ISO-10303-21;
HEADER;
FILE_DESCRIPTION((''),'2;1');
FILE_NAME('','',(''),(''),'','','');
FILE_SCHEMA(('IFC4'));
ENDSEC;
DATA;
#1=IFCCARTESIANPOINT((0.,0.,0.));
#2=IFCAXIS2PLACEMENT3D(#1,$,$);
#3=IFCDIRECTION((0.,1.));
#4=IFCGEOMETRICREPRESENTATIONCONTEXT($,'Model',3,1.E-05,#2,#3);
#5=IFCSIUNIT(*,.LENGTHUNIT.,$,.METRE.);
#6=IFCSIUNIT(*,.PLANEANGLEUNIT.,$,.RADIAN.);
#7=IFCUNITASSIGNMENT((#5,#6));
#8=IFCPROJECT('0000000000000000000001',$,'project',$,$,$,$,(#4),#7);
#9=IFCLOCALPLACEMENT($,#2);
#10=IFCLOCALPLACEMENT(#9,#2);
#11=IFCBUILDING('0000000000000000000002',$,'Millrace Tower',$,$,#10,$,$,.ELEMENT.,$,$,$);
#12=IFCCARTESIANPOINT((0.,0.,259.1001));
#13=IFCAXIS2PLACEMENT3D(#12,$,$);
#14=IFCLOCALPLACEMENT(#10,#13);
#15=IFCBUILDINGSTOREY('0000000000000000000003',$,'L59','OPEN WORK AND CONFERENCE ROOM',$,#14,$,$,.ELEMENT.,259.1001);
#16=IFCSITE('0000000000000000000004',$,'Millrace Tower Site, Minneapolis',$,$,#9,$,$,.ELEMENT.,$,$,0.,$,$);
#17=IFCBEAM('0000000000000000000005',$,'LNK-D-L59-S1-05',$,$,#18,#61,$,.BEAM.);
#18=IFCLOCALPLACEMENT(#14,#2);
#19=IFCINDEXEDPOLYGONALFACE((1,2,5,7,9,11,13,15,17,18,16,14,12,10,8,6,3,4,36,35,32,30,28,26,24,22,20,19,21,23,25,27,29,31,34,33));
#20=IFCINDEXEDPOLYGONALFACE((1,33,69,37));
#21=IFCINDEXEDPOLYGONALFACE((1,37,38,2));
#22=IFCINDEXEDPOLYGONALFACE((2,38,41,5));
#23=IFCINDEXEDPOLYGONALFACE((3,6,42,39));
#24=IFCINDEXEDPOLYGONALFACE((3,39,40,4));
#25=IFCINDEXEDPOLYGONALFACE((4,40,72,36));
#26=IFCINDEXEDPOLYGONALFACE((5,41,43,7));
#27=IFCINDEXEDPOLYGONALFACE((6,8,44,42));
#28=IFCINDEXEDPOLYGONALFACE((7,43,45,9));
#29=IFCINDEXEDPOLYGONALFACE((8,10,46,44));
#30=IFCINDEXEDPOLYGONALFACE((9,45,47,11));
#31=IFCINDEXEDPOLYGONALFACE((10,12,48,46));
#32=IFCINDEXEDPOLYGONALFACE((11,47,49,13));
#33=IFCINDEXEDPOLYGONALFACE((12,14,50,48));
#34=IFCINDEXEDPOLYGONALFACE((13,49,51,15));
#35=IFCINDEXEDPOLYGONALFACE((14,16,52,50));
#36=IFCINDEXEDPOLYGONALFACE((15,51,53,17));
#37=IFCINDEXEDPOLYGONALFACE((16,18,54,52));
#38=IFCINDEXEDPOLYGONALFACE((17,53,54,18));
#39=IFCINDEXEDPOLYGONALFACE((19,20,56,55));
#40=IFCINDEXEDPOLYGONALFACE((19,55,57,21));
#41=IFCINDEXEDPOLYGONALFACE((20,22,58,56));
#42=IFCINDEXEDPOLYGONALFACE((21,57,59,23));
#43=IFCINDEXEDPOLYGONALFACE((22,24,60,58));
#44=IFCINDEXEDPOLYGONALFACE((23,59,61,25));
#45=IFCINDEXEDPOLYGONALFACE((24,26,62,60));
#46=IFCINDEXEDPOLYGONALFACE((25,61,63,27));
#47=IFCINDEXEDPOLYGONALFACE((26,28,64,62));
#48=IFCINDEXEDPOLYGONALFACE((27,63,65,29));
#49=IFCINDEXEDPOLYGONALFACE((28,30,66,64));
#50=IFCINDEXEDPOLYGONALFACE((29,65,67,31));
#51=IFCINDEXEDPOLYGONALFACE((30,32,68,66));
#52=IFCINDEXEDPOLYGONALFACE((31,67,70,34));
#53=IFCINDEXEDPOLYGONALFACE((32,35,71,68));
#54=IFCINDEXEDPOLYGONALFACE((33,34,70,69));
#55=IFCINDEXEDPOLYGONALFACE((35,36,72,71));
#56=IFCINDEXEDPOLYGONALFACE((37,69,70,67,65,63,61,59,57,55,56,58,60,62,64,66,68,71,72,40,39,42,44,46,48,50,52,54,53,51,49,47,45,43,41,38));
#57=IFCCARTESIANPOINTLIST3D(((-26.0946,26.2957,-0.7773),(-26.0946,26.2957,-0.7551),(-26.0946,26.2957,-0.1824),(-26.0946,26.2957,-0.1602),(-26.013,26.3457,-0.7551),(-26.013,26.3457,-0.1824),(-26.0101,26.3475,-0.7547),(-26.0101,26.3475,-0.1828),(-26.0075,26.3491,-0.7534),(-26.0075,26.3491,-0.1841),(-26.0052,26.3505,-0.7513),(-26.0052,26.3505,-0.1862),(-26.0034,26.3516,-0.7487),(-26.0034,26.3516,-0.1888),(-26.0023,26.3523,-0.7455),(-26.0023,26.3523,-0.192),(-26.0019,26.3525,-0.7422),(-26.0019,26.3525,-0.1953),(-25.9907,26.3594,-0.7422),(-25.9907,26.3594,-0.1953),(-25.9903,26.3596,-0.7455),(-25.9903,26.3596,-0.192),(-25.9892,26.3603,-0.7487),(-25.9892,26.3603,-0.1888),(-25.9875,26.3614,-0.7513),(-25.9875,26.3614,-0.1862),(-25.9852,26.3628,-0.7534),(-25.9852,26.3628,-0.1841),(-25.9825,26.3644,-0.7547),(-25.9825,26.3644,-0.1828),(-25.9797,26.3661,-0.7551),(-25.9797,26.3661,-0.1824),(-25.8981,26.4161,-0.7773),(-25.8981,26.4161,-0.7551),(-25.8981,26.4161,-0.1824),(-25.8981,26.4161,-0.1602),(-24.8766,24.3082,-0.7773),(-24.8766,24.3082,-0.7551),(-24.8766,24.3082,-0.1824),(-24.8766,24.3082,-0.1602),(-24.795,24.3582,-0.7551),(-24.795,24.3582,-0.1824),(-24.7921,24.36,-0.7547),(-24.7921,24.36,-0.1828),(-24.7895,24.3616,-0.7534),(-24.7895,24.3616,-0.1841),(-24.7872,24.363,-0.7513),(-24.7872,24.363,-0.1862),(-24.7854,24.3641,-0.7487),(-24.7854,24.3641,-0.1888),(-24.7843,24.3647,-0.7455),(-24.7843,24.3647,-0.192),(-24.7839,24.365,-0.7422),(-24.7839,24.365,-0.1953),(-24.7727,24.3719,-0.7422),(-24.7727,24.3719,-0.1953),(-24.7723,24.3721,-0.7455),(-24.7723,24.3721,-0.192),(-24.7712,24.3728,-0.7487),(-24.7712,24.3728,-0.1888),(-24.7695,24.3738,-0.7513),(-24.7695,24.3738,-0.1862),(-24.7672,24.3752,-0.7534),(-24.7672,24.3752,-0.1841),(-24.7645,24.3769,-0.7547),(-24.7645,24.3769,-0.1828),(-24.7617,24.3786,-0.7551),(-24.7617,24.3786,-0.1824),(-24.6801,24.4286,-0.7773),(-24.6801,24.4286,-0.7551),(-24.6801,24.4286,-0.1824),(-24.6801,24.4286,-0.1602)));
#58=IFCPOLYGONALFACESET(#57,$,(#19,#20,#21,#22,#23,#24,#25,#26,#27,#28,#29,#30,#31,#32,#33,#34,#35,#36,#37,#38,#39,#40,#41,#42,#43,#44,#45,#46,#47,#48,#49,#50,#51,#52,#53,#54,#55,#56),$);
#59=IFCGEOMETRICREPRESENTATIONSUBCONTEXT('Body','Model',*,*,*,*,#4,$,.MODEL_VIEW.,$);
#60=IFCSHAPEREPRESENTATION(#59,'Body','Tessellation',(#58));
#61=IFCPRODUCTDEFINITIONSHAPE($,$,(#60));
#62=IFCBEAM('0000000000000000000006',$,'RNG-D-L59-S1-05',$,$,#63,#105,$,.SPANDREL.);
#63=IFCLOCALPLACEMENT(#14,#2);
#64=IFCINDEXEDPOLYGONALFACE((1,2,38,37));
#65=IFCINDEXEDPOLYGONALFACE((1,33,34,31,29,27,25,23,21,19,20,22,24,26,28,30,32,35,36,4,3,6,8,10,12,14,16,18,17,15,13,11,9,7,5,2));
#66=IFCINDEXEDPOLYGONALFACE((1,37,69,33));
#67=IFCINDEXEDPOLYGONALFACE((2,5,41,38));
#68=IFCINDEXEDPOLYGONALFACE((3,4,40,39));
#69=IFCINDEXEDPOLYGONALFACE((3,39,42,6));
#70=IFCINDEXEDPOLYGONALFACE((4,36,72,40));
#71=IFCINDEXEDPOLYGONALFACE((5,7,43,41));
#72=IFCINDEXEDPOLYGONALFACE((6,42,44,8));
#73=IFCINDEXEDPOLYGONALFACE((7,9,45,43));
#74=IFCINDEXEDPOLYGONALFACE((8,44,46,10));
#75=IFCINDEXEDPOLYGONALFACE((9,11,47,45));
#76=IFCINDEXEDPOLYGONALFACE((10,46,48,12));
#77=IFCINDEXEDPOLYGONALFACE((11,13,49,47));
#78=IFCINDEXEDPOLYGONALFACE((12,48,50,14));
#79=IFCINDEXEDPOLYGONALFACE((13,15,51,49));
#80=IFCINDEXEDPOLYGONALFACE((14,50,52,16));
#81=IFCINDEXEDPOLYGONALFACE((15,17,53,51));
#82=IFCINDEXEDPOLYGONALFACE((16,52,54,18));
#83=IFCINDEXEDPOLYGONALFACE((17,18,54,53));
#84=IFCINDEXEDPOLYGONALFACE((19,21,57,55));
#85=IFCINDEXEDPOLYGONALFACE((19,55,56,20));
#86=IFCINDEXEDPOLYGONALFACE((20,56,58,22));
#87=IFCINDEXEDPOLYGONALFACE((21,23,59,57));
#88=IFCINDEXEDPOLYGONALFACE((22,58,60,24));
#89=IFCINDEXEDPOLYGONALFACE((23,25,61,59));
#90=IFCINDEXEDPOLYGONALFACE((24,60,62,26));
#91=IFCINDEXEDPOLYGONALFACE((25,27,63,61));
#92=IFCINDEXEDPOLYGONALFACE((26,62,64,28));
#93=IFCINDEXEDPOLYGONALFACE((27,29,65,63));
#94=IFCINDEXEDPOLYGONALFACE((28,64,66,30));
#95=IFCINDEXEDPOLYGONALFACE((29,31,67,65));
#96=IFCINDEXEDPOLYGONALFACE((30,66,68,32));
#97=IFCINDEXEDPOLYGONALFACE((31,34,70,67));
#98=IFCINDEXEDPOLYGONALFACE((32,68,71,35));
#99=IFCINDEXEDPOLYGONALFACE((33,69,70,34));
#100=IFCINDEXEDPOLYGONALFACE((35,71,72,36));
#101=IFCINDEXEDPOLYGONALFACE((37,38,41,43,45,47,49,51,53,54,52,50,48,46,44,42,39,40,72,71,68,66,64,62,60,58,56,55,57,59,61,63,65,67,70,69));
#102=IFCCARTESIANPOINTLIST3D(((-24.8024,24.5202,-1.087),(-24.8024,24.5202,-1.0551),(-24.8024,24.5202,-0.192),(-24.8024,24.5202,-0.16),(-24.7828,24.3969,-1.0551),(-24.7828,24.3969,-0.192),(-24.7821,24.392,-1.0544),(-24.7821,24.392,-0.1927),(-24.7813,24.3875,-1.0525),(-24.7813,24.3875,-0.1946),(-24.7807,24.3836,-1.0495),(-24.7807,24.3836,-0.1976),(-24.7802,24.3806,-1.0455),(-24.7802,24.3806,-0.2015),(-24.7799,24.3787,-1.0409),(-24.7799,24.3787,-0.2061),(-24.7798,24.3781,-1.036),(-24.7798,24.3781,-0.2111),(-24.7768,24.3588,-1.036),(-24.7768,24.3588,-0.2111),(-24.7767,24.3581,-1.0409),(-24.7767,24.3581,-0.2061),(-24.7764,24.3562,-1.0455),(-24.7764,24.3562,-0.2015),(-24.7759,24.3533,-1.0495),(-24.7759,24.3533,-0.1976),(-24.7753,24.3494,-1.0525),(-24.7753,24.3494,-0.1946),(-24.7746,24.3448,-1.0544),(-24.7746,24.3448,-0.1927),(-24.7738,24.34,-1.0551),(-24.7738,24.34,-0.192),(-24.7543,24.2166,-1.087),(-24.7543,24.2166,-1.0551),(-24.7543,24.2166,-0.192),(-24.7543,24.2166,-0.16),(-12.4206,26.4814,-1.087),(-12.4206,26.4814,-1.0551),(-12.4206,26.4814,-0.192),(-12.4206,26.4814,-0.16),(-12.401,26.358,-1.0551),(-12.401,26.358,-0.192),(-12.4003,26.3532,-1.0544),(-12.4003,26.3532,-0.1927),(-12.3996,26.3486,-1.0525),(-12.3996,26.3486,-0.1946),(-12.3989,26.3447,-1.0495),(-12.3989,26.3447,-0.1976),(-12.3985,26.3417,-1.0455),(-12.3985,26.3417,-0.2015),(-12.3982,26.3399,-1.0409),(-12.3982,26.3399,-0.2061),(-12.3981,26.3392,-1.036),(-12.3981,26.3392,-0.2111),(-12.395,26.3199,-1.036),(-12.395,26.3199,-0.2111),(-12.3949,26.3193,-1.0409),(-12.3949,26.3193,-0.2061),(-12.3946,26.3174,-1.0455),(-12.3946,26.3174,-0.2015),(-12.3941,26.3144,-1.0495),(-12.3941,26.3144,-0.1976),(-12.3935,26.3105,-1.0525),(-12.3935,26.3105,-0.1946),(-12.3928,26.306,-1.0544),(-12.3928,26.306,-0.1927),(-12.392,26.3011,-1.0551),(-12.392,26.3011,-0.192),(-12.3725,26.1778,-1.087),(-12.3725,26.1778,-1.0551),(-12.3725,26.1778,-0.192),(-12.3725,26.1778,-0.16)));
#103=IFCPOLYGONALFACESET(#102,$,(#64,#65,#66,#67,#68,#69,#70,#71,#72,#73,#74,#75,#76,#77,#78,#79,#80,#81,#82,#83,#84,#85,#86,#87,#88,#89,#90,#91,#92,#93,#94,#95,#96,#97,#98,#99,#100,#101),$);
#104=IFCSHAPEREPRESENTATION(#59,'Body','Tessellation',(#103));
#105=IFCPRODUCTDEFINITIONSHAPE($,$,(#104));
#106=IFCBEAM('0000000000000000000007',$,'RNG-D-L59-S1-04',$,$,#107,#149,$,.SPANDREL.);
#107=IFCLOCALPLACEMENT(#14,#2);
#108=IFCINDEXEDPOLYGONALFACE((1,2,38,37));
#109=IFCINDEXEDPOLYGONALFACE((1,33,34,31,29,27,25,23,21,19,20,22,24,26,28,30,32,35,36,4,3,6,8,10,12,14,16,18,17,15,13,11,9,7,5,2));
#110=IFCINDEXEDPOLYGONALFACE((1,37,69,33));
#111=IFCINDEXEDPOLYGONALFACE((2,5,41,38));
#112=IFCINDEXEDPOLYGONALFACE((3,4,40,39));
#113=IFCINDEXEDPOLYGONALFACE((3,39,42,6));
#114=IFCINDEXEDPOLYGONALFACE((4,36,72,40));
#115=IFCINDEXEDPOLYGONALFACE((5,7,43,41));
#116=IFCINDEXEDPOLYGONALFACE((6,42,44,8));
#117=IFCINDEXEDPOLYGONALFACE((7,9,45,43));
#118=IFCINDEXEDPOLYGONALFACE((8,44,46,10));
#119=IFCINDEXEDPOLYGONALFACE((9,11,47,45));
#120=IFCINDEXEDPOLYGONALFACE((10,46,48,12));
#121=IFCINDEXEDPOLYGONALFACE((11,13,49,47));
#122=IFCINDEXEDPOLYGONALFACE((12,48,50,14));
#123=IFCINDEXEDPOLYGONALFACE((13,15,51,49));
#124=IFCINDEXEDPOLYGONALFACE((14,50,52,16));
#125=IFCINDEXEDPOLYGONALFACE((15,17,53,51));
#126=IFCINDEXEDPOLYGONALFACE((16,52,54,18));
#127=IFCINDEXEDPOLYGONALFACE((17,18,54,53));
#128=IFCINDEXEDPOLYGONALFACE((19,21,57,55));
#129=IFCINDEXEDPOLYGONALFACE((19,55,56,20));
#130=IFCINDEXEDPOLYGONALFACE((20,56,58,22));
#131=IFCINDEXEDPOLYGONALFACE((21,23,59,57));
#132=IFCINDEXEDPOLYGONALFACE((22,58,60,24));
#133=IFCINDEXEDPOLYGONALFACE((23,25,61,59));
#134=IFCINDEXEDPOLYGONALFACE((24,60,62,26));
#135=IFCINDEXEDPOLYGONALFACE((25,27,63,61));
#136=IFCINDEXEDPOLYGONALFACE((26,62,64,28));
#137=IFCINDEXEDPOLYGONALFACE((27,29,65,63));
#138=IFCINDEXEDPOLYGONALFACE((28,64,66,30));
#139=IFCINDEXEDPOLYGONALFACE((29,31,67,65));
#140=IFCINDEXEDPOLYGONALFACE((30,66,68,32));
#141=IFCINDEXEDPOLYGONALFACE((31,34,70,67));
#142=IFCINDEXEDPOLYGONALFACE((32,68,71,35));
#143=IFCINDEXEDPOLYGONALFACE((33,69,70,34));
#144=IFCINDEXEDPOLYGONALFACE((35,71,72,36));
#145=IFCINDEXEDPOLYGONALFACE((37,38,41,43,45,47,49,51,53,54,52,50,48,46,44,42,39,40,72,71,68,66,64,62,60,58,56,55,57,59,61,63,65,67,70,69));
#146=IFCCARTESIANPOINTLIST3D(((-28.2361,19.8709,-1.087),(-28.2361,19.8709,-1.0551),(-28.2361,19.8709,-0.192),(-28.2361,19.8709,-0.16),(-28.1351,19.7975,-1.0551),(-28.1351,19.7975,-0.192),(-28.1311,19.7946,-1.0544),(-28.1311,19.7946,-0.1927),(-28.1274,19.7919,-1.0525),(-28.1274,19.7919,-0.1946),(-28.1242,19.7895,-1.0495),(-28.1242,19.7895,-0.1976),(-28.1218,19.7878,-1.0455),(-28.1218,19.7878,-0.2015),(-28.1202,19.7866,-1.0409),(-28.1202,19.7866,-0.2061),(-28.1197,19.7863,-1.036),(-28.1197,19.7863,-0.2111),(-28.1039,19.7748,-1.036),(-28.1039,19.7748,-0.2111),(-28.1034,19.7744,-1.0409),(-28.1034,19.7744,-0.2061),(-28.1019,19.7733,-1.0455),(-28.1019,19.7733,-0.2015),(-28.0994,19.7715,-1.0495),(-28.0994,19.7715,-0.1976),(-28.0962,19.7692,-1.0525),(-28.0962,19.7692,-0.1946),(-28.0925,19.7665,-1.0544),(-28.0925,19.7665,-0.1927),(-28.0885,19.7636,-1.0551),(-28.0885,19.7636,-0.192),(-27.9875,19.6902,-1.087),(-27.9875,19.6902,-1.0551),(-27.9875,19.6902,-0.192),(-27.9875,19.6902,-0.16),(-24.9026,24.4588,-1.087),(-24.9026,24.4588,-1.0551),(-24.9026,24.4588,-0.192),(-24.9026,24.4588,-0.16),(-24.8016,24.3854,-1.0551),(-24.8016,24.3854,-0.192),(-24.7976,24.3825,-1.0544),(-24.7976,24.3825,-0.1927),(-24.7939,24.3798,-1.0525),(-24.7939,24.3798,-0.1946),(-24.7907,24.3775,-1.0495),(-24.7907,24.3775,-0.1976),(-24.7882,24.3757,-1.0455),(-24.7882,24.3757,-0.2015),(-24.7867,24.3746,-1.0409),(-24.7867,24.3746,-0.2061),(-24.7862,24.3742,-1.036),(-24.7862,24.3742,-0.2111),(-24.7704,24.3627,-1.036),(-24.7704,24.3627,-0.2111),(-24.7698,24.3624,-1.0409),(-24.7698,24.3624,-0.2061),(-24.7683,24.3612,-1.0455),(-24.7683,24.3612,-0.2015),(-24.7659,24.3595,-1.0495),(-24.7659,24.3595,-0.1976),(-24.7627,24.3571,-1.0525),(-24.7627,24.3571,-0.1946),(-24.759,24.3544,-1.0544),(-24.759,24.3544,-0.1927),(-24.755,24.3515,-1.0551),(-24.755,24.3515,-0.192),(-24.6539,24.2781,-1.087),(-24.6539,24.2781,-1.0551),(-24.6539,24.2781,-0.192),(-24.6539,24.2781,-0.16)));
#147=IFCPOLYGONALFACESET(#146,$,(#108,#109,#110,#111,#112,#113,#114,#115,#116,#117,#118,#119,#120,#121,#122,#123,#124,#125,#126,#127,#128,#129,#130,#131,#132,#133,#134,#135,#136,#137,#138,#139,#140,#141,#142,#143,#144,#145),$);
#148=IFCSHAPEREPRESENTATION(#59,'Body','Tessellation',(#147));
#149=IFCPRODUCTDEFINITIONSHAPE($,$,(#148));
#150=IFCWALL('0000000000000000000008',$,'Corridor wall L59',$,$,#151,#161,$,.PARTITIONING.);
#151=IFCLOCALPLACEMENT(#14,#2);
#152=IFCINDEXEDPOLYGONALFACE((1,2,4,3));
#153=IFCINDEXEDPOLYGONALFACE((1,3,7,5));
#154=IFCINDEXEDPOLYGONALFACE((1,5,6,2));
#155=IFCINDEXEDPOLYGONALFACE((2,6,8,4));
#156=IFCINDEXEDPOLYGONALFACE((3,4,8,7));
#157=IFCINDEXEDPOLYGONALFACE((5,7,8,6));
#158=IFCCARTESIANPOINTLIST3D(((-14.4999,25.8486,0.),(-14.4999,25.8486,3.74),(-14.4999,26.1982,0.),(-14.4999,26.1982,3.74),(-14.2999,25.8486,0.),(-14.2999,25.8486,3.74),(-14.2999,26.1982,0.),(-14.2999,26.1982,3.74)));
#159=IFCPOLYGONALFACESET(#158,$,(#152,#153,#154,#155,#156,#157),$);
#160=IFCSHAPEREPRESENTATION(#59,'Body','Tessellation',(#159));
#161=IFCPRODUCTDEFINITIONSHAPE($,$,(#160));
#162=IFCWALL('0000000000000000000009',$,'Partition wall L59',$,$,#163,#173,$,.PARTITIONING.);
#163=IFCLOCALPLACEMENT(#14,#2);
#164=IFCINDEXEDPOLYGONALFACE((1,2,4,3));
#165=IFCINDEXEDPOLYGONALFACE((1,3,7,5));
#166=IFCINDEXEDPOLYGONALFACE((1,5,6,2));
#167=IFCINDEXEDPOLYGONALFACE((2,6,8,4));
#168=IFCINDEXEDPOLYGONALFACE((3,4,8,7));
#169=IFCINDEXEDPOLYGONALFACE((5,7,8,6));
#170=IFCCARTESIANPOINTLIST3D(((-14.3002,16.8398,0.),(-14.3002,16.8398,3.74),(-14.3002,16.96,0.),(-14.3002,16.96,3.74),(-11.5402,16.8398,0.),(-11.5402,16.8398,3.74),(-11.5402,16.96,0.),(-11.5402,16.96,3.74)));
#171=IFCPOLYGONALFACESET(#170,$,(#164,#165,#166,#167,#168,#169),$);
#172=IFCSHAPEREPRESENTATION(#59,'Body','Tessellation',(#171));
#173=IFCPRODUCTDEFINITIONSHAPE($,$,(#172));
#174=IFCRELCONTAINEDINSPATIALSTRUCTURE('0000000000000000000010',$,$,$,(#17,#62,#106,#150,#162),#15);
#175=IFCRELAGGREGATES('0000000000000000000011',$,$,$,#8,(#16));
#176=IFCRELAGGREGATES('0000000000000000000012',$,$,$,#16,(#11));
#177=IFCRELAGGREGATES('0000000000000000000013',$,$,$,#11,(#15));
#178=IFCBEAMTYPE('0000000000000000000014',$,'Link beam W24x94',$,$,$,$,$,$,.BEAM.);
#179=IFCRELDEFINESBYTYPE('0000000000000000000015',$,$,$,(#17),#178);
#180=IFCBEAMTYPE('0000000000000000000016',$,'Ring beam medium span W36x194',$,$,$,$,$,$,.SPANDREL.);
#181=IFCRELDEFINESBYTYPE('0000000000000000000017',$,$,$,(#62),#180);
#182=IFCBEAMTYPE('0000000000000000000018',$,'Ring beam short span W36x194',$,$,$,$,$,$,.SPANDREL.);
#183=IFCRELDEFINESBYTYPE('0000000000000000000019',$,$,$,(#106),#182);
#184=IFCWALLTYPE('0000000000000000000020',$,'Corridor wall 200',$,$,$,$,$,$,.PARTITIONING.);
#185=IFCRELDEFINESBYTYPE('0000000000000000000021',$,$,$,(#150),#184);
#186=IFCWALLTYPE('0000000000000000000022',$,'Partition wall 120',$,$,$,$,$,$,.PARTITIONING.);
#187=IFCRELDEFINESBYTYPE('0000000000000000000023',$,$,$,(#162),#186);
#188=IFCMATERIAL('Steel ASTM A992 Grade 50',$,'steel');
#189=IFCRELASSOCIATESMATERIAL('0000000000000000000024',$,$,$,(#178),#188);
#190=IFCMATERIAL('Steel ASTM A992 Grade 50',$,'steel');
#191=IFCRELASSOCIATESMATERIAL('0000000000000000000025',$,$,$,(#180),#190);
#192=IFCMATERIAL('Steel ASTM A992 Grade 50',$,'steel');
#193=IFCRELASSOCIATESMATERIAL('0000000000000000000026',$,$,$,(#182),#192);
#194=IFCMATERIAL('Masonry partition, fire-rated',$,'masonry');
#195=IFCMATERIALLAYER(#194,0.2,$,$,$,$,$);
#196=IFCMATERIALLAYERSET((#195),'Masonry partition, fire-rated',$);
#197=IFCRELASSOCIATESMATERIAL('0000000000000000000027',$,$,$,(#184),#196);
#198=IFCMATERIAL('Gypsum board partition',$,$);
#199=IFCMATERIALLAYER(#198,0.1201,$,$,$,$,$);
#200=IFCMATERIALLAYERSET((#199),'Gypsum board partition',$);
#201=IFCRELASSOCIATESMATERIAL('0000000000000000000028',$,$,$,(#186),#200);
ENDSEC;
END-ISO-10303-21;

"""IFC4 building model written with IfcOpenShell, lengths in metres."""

from ifc_helpers import new_model, si_unit, direction, frame, frame_2d, origin, origin_2d, place, context, subcontext, project, spatial, rectangle, i_section, extrude, material, layer, layer_set, material_profile, profile_set, type_object, element, save


model = new_model("IFC4")

# Units and contexts
model_context = context("Model", 3, precision=1e-05, world=origin(), true_north=direction((0.0, 1.0)))
body_context = subcontext(model_context, "Body", "Model", "MODEL_VIEW")
ifc_project = project(units=[si_unit("LENGTHUNIT", "METRE"), si_unit("PLANEANGLEUNIT", "RADIAN")], contexts=[model_context])

# Site, building, storey
site_placement = place(None, origin())
site = spatial("IfcSite", under=ifc_project, at=site_placement, Name="Millrace Tower Site, Minneapolis", CompositionType="ELEMENT", RefElevation=0.0)
building_placement = place(site_placement, origin())
building = spatial("IfcBuilding", under=site, at=building_placement, Name="Millrace Tower", CompositionType="ELEMENT")
storey_placement = place(building_placement, frame((0.0, 0.0, 259.1001)))
storey = spatial("IfcBuildingStorey", under=building, at=storey_placement, Name="L59", Description="OPEN WORK AND CONFERENCE ROOM", CompositionType="ELEMENT", Elevation=259.1001)

# Beams
ifc_material_1 = material(Name="Steel ASTM A992 Grade 50", Category="steel")
ifc_material_profile_1 = material_profile(ifc_material_1, i_section(OverallWidth=0.2305, OverallDepth=0.6172, WebThickness=0.0132, FlangeThickness=0.0222, FilletRadius=0.0129, at=origin_2d()))
ifc_profile_set_1 = profile_set([ifc_material_profile_1], Name="Steel ASTM A992 Grade 50")
beam_type_1 = type_object("IfcBeamType", Name="Link beam W24x94", PredefinedType="BEAM", material=ifc_profile_set_1)
for number, where, z_axis, x_axis, name in (
    (1, (-24.7783, 24.3684, -0.4688), (-0.522513, 0.852631, 0.0), (-0.852631, -0.522513, 0.0), "LNK-D-L59-S1-05"),
):
    element("IfcBeam", number, at=place(storey_placement, frame(where, z_axis=z_axis, x_axis=x_axis)), inside=storey, type_object=beam_type_1, Name=name, PredefinedType="BEAM", context=body_context, shape_type="SweptSolid", body=[
        extrude(i_section(OverallWidth=0.2305, OverallDepth=0.6172, WebThickness=0.0132, FlangeThickness=0.0222, FilletRadius=0.0129, at=origin_2d()), origin(), (0.0, 0.0, 1.0), 2.3311),
    ])
ifc_material_2 = material(Name="Steel ASTM A992 Grade 50", Category="steel")
ifc_material_profile_2 = material_profile(ifc_material_2, i_section(OverallWidth=0.3074, OverallDepth=0.927, WebThickness=0.0195, FlangeThickness=0.032, FilletRadius=0.019, at=origin_2d()))
ifc_profile_set_2 = profile_set([ifc_material_profile_2], Name="Steel ASTM A992 Grade 50")
beam_type_2 = type_object("IfcBeamType", Name="Ring beam medium span W36x194", PredefinedType="SPANDREL", material=ifc_profile_set_2)
beam_1_placement = place(storey_placement, frame((-24.7783, 24.3684, -0.6235), z_axis=(0.987687, 0.156442, 0.0), x_axis=(-0.156442, 0.987687, 0.0)))
element("IfcBeam", 2, at=beam_1_placement, inside=storey, type_object=beam_type_2, Name="RNG-D-L59-S1-05", PredefinedType="SPANDREL", context=body_context, shape_type="SweptSolid", body=[
    extrude(i_section(OverallWidth=0.3074, OverallDepth=0.927, WebThickness=0.0195, FlangeThickness=0.032, FilletRadius=0.019, at=origin_2d()), origin(), (0.0, 0.0, 1.0), 12.5361),
])
ifc_material_3 = material(Name="Steel ASTM A992 Grade 50", Category="steel")
ifc_material_profile_3 = material_profile(ifc_material_3, i_section(OverallWidth=0.3074, OverallDepth=0.927, WebThickness=0.0195, FlangeThickness=0.032, FilletRadius=0.019, at=origin_2d()))
ifc_profile_set_3 = profile_set([ifc_material_profile_3], Name="Steel ASTM A992 Grade 50")
beam_type_3 = type_object("IfcBeamType", Name="Ring beam short span W36x194", PredefinedType="SPANDREL", material=ifc_profile_set_3)
beam_2_placement = place(storey_placement, frame((-28.1118, 19.7805, -0.6235), z_axis=(0.587808, 0.809, 0.0), x_axis=(-0.809, 0.587808, 0.0)))
element("IfcBeam", 3, at=beam_2_placement, inside=storey, type_object=beam_type_3, Name="RNG-D-L59-S1-04", PredefinedType="SPANDREL", context=body_context, shape_type="SweptSolid", body=[
    extrude(i_section(OverallWidth=0.3074, OverallDepth=0.927, WebThickness=0.0195, FlangeThickness=0.032, FilletRadius=0.019, at=origin_2d()), origin(), (0.0, 0.0, 1.0), 5.6711),
])

# Walls
ifc_material_4 = material(Name="Masonry partition, fire-rated", Category="masonry")
ifc_layer_1 = layer(ifc_material_4, 0.2)
ifc_layer_set_1 = layer_set([ifc_layer_1], Name="Masonry partition, fire-rated")
wall_type_1 = type_object("IfcWallType", Name="Corridor wall 200", PredefinedType="PARTITIONING", material=ifc_layer_set_1)
wall_1_placement = place(storey_placement, frame((-14.3999, 25.8486, 0.0), z_axis=(0.0, 0.0, 1.0), x_axis=(0.0, 1.0, 0.0)))
element("IfcWall", 4, at=wall_1_placement, inside=storey, type_object=wall_type_1, Name="Corridor wall L59", PredefinedType="PARTITIONING", context=body_context, shape_type="SweptSolid", body=[
    extrude(rectangle(XDim=0.3496, YDim=0.2, at=frame_2d((0.1748, 0.0))), origin(), (0.0, 0.0, 1.0), 3.74),
])
ifc_material_5 = material(Name="Gypsum board partition")
ifc_layer_2 = layer(ifc_material_5, 0.1201)
ifc_layer_set_2 = layer_set([ifc_layer_2], Name="Gypsum board partition")
wall_type_2 = type_object("IfcWallType", Name="Partition wall 120", PredefinedType="PARTITIONING", material=ifc_layer_set_2)
wall_2_placement = place(storey_placement, frame((-14.3, 16.8999, 0.0), z_axis=(0.0, 0.0, 1.0), x_axis=(1.0, 0.0, 0.0)))
element("IfcWall", 5, at=wall_2_placement, inside=storey, type_object=wall_type_2, Name="Partition wall L59", PredefinedType="PARTITIONING", context=body_context, shape_type="SweptSolid", body=[
    extrude(rectangle(XDim=2.76, YDim=0.1201, at=frame_2d((1.3799, 0.0))), origin(), (0.0, 0.0, 1.0), 3.74),
])

save(model, "model.ifc")
